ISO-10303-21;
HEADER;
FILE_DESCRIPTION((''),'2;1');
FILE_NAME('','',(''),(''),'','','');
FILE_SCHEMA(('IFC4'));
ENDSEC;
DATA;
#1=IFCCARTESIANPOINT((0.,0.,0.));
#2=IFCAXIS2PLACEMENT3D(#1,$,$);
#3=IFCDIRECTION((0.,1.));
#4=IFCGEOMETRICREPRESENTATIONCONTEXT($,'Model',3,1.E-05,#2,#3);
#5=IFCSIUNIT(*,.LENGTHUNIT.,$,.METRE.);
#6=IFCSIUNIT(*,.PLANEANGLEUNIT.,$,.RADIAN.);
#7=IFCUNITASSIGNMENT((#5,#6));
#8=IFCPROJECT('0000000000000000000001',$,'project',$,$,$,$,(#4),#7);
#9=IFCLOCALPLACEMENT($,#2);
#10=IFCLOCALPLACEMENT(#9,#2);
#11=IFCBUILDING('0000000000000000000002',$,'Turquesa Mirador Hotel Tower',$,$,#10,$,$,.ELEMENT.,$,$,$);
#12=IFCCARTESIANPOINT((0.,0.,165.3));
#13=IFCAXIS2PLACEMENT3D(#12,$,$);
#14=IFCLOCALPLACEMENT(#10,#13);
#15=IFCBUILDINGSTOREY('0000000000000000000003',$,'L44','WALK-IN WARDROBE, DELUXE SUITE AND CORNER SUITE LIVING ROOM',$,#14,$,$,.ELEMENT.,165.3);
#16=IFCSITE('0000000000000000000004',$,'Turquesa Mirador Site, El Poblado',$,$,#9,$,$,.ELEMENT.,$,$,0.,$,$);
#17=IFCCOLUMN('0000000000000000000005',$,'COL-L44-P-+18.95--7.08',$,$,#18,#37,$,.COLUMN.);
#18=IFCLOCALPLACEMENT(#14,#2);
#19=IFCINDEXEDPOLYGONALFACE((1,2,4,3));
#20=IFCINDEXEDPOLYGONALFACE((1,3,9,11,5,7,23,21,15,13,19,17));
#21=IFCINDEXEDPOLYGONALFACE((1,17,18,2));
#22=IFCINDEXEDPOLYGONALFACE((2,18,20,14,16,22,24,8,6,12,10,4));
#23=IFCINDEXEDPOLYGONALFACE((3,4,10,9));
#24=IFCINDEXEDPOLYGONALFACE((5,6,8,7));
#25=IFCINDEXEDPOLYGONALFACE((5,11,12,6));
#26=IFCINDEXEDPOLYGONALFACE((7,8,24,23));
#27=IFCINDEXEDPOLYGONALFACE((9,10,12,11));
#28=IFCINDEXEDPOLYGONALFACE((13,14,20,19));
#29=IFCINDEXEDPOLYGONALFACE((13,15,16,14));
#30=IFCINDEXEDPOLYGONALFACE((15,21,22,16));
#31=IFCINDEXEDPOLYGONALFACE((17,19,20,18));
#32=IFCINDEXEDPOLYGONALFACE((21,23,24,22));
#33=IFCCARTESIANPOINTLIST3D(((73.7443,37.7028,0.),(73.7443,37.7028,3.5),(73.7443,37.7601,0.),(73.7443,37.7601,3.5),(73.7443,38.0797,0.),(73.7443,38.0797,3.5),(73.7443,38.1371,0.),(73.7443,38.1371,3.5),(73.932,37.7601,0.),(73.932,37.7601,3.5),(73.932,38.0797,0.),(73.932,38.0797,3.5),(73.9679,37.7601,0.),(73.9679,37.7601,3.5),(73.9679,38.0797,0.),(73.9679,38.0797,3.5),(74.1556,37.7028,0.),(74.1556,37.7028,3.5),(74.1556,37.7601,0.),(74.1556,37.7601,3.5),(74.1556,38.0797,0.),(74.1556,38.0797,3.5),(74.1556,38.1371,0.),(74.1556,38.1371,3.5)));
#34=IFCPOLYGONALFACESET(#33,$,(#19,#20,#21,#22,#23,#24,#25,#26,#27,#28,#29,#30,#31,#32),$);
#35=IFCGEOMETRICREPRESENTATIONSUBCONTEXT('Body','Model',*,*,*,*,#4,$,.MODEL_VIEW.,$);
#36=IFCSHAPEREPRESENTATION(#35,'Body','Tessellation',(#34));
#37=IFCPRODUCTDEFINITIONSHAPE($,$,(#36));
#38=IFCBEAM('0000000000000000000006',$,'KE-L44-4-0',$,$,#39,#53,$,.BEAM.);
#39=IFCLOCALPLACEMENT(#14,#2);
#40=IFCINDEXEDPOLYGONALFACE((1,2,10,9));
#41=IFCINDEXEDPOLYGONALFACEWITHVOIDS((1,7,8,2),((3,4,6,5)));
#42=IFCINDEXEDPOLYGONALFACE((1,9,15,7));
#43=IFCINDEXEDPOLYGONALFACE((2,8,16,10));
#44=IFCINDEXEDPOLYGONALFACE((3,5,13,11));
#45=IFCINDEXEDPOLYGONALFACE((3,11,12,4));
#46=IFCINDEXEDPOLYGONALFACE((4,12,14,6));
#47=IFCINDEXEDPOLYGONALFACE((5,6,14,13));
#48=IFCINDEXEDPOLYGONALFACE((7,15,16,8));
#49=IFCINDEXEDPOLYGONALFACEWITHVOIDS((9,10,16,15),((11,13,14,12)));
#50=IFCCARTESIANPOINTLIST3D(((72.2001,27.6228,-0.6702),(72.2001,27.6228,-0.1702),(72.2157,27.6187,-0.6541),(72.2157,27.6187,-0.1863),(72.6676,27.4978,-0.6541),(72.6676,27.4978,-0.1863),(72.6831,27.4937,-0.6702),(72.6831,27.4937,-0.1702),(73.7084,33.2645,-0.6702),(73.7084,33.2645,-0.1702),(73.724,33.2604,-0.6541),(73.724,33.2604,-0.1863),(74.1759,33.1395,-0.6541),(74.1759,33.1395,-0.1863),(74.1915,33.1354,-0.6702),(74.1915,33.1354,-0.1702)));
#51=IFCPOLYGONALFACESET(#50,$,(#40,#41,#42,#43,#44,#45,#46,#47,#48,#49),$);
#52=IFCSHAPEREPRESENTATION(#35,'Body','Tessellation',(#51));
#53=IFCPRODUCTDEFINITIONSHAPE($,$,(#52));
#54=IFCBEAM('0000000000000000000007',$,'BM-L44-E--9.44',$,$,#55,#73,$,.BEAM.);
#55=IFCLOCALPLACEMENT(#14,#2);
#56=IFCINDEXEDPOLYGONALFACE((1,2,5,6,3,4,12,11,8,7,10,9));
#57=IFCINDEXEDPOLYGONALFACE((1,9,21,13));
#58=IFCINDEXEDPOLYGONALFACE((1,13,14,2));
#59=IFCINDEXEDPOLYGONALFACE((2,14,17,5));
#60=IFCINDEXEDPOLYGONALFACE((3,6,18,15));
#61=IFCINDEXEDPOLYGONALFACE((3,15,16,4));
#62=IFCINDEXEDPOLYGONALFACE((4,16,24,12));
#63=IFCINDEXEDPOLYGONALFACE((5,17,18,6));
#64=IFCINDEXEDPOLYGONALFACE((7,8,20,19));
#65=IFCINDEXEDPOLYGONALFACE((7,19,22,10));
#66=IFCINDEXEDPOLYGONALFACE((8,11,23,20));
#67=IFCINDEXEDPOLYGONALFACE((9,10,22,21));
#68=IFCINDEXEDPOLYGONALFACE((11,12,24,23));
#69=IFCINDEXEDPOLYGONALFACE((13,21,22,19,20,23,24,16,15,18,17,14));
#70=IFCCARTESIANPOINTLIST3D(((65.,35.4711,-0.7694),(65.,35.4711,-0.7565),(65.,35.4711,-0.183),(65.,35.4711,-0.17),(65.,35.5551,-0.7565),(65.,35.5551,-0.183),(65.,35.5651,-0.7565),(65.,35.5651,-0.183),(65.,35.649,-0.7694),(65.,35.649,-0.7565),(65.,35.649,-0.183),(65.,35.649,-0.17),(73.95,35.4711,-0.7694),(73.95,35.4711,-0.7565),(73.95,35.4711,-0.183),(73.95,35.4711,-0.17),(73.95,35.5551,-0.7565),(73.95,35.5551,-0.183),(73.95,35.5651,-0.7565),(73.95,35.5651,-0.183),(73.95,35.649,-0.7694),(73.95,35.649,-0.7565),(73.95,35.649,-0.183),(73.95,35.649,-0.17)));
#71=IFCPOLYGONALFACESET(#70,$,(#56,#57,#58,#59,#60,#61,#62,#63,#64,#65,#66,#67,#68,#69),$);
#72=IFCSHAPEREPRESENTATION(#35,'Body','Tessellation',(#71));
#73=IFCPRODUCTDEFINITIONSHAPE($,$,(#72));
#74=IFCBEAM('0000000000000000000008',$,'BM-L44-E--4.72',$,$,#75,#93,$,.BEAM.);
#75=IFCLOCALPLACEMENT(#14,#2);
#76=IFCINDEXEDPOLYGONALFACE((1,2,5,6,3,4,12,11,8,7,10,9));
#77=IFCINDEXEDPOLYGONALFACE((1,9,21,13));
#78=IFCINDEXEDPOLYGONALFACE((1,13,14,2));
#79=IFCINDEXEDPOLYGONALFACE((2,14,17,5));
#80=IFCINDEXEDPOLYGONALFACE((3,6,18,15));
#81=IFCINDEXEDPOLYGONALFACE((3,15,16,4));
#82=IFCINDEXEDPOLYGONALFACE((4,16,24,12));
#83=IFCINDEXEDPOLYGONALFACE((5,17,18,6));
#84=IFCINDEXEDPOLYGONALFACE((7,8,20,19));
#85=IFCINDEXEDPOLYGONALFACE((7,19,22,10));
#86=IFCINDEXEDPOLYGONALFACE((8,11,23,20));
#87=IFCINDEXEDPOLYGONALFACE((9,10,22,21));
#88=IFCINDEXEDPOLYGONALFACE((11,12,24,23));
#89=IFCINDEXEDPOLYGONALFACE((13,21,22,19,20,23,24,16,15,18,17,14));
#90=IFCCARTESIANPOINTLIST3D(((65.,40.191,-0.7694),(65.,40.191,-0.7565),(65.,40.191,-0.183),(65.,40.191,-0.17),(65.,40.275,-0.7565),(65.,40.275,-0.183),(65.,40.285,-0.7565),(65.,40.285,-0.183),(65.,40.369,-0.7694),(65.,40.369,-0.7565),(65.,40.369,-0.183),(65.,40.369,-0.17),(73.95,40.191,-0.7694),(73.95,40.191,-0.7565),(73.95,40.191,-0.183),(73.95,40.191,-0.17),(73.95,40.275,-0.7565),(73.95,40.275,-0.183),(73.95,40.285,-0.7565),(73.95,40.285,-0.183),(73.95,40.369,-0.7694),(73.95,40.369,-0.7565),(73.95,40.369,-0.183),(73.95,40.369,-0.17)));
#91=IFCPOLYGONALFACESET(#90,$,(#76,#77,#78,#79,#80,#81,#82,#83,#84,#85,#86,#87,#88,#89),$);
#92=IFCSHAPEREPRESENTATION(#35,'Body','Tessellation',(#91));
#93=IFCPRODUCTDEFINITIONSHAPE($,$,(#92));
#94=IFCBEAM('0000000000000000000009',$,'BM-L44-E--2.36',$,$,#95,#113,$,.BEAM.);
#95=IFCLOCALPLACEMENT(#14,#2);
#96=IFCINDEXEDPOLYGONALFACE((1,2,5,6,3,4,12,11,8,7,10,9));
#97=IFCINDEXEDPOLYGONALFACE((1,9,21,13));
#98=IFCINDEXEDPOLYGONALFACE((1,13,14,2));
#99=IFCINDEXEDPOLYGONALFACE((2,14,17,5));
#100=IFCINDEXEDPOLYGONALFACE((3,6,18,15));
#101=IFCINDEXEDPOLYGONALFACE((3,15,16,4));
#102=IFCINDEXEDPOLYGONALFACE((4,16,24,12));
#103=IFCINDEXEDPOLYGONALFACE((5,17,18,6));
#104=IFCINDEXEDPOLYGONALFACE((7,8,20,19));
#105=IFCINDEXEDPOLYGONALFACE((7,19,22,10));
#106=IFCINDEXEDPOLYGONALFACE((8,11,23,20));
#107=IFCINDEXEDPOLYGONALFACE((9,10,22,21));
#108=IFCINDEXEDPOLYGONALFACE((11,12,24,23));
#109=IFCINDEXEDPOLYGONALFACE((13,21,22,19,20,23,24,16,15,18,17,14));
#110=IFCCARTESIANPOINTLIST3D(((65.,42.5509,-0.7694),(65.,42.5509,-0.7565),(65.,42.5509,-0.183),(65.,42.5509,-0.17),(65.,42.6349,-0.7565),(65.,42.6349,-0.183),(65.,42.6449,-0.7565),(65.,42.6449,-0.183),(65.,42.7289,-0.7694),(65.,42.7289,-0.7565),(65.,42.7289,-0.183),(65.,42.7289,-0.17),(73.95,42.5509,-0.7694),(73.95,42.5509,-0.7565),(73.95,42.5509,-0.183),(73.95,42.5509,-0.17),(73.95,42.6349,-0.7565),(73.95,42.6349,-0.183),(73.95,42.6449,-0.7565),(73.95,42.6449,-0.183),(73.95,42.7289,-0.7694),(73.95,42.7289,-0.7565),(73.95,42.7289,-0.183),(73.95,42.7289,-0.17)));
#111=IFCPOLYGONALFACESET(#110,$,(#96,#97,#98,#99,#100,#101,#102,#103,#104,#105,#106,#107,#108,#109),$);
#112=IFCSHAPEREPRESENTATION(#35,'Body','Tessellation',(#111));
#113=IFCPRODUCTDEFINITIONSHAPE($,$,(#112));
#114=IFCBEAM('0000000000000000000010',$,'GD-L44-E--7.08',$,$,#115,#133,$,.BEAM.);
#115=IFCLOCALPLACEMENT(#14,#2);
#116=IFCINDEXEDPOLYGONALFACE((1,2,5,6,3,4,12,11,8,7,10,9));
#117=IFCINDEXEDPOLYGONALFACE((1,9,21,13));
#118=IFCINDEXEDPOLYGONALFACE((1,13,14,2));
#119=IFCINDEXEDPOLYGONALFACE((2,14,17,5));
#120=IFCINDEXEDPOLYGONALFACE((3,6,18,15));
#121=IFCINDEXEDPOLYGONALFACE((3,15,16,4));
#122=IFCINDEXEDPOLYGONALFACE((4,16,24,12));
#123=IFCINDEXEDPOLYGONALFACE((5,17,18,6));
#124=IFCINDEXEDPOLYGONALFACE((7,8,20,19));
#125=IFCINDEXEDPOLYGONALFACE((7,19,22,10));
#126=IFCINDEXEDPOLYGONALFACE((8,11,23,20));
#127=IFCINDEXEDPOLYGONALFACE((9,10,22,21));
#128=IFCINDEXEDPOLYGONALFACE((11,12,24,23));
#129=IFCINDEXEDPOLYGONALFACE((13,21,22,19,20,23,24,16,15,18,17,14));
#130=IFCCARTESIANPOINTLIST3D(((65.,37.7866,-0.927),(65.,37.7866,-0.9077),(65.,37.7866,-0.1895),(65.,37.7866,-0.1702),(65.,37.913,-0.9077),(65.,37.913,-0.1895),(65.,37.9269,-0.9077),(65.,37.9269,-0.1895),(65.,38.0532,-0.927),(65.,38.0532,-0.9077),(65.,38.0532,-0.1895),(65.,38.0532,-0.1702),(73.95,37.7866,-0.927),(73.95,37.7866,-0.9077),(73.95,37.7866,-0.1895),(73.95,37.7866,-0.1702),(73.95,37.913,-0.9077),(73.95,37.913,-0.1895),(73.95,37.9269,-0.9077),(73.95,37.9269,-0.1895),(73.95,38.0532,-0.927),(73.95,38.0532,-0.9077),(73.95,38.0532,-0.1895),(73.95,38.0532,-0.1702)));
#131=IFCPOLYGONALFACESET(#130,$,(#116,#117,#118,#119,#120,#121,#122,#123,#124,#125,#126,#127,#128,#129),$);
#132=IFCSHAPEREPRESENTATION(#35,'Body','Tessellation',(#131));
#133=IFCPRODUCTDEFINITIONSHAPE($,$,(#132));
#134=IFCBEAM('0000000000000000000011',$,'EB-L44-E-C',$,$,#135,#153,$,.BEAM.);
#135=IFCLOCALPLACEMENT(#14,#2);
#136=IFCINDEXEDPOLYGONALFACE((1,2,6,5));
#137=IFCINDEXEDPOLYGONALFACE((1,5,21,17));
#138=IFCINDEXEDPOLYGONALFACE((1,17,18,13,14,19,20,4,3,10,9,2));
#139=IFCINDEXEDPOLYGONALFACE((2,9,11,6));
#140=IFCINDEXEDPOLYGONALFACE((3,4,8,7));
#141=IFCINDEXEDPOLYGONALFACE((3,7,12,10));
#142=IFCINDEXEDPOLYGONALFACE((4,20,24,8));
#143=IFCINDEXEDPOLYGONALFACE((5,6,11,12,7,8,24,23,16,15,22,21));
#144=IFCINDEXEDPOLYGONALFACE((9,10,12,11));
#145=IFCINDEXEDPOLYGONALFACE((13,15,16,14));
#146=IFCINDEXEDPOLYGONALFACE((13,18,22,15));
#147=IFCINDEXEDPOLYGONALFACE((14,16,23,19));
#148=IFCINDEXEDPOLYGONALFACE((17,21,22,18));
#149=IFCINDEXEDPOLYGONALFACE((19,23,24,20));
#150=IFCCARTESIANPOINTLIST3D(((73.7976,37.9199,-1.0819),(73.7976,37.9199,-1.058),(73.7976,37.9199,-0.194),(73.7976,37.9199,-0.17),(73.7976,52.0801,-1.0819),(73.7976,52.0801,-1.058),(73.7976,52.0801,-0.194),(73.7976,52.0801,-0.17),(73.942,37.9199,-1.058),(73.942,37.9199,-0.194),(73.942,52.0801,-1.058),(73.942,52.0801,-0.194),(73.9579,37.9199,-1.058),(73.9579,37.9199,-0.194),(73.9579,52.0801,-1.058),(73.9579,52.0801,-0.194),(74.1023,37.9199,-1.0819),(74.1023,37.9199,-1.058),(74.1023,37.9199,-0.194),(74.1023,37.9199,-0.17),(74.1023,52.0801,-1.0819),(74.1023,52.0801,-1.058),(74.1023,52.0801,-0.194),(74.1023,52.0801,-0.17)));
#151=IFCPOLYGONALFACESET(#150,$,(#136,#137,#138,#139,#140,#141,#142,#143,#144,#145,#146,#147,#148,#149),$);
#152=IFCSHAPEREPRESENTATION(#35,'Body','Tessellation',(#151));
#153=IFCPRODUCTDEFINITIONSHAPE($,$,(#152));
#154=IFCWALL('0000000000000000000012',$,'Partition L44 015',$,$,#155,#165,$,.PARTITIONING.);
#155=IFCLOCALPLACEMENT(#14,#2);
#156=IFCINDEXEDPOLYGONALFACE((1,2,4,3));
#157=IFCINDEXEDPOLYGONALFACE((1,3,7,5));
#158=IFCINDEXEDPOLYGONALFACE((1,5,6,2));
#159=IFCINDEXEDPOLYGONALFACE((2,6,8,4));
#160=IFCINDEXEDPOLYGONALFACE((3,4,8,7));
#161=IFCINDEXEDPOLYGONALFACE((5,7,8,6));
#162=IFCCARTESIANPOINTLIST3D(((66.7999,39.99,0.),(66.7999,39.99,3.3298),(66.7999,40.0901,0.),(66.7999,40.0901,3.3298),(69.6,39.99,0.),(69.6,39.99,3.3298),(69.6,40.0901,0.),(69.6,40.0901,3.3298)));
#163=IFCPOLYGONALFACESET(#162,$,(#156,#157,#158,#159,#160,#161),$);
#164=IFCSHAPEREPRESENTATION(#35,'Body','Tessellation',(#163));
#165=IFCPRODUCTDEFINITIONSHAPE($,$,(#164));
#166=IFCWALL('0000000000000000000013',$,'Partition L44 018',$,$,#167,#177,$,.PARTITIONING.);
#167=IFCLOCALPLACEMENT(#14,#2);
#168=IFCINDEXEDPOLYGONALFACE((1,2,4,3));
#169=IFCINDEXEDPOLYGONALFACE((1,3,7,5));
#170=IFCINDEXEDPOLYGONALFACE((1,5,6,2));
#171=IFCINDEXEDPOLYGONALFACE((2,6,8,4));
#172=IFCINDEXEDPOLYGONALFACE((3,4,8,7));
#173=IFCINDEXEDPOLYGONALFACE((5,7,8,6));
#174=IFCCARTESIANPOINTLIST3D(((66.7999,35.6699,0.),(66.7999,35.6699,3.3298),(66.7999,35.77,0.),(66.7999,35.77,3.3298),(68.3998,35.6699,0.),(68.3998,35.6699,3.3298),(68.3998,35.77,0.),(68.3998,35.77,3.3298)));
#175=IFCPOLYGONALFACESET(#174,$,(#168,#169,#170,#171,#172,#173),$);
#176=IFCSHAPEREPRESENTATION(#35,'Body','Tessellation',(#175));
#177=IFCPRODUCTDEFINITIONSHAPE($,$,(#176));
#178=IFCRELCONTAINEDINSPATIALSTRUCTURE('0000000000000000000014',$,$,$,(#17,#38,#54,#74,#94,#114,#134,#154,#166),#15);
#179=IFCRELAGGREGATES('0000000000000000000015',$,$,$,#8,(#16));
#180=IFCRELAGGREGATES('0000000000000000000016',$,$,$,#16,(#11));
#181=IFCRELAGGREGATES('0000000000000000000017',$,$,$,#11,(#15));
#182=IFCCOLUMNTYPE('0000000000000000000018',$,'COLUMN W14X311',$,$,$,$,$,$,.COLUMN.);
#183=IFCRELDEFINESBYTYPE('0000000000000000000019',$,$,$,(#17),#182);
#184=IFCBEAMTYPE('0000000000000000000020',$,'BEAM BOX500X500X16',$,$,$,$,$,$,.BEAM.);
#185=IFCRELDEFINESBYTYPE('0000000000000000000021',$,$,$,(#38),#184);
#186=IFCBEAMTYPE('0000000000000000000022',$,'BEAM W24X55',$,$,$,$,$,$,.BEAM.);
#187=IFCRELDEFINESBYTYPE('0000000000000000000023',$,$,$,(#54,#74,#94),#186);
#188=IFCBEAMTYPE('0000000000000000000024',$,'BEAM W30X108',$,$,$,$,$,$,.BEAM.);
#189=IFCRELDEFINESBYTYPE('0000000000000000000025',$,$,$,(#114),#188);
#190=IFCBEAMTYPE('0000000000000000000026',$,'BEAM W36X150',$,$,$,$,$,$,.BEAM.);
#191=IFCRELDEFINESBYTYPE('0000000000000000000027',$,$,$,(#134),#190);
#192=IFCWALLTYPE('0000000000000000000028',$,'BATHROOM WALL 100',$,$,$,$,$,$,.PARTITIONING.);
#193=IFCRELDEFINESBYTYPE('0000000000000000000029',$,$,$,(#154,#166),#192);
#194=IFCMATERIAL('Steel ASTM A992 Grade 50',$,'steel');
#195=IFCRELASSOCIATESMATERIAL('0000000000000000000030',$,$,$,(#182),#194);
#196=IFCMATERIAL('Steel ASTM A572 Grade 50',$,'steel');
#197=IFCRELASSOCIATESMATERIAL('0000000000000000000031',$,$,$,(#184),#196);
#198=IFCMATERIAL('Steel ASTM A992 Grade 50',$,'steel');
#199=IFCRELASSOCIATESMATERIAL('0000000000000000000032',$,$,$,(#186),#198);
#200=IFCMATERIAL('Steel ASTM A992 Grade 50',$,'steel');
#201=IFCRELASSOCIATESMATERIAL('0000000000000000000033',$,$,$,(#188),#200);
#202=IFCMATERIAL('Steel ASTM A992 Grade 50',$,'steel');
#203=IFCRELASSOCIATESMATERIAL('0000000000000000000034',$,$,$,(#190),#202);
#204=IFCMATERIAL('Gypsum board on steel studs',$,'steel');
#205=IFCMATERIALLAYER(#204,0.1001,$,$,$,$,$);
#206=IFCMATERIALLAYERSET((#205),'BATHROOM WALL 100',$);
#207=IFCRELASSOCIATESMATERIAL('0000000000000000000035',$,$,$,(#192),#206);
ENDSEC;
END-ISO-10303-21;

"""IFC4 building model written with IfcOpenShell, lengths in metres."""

from ifc_helpers import new_model, si_unit, direction, frame, frame_2d, origin, origin_2d, place, context, subcontext, project, spatial, rectangle, hollow_rectangle, i_section, extrude, material, layer, layer_set, material_profile, profile_set, type_object, element, save


model = new_model("IFC4")

# Units and contexts
model_context = context("Model", 3, precision=1e-05, world=origin(), true_north=direction((0.0, 1.0)))
body_context = subcontext(model_context, "Body", "Model", "MODEL_VIEW")
ifc_project = project(units=[si_unit("LENGTHUNIT", "METRE"), si_unit("PLANEANGLEUNIT", "RADIAN")], contexts=[model_context])

# Site, building, storey
site_placement = place(None, origin())
site = spatial("IfcSite", under=ifc_project, at=site_placement, Name="Turquesa Mirador Site, El Poblado", CompositionType="ELEMENT", RefElevation=0.0)
building_placement = place(site_placement, origin())
building = spatial("IfcBuilding", under=site, at=building_placement, Name="Turquesa Mirador Hotel Tower", CompositionType="ELEMENT")
storey_placement = place(building_placement, frame((0.0, 0.0, 165.3)))
storey = spatial("IfcBuildingStorey", under=building, at=storey_placement, Name="L44", Description="WALK-IN WARDROBE, DELUXE SUITE AND CORNER SUITE LIVING ROOM", CompositionType="ELEMENT", Elevation=165.3)

# Column
ifc_material_1 = material(Name="Steel ASTM A992 Grade 50", Category="steel")
ifc_material_profile_1 = material_profile(ifc_material_1, i_section(OverallWidth=0.4114, OverallDepth=0.4343, WebThickness=0.0359, FlangeThickness=0.0574, at=origin_2d()), Name="W14X311")
ifc_profile_set_1 = profile_set([ifc_material_profile_1], Name="Steel ASTM A992 Grade 50")
column_type = type_object("IfcColumnType", Name="COLUMN W14X311", PredefinedType="COLUMN", material=ifc_profile_set_1)
column_placement = place(storey_placement, frame((73.95, 37.9199, 0.0), z_axis=(0.0, 0.0, 1.0), x_axis=(1.0, 0.0, 0.0)))
element("IfcColumn", 1, at=column_placement, inside=storey, type_object=column_type, Name="COL-L44-P-+18.95--7.08", PredefinedType="COLUMN", context=body_context, shape_type="SweptSolid", body=[
    extrude(i_section(OverallWidth=0.4114, OverallDepth=0.4343, WebThickness=0.0359, FlangeThickness=0.0574, at=origin_2d()), origin(), (0.0, 0.0, 1.0), 3.5),
])

# Beams
ifc_material_2 = material(Name="Steel ASTM A572 Grade 50", Category="steel")
ifc_material_profile_2 = material_profile(ifc_material_2, hollow_rectangle(XDim=0.5, YDim=0.5, WallThickness=0.0161, at=origin_2d()), Name="BOX500X500X16")
ifc_profile_set_2 = profile_set([ifc_material_profile_2], Name="Steel ASTM A572 Grade 50")
beam_type_1 = type_object("IfcBeamType", Name="BEAM BOX500X500X16", PredefinedType="BEAM", material=ifc_profile_set_2)
beam_1_placement = place(storey_placement, frame((73.95, 33.2, -0.4202), z_axis=(-0.258282, -0.96607, 0.0), x_axis=(0.96607, -0.258282, 0.0)))
element("IfcBeam", 2, at=beam_1_placement, inside=storey, type_object=beam_type_1, Name="KE-L44-4-0", PredefinedType="BEAM", context=body_context, shape_type="SweptSolid", body=[
    extrude(hollow_rectangle(XDim=0.5, YDim=0.5, WallThickness=0.0161, at=origin_2d()), origin(), (0.0, 0.0, 1.0), 5.8398),
])
ifc_material_3 = material(Name="Steel ASTM A992 Grade 50", Category="steel")
ifc_material_profile_3 = material_profile(ifc_material_3, i_section(OverallWidth=0.178, OverallDepth=0.5994, WebThickness=0.01, FlangeThickness=0.0129, at=origin_2d()), Name="W24X55")
ifc_profile_set_3 = profile_set([ifc_material_profile_3], Name="Steel ASTM A992 Grade 50")
beam_type_2 = type_object("IfcBeamType", Name="BEAM W24X55", PredefinedType="BEAM", material=ifc_profile_set_3)
for number, where, z_axis, x_axis, name in (
    (3, (73.95, 35.5601, -0.4697), (-1.0, 0.0, 0.0), (0.0, -1.0, 0.0), "BM-L44-E--9.44"),
    (4, (73.95, 40.28, -0.4697), (-1.0, 0.0, 0.0), (0.0, -1.0, 0.0), "BM-L44-E--4.72"),
    (5, (73.95, 42.6399, -0.4697), (-1.0, 0.0, 0.0), (0.0, -1.0, 0.0), "BM-L44-E--2.36"),
):
    element("IfcBeam", number, at=place(storey_placement, frame(where, z_axis=z_axis, x_axis=x_axis)), inside=storey, type_object=beam_type_2, Name=name, PredefinedType="BEAM", context=body_context, shape_type="SweptSolid", body=[
        extrude(i_section(OverallWidth=0.178, OverallDepth=0.5994, WebThickness=0.01, FlangeThickness=0.0129, at=origin_2d()), origin(), (0.0, 0.0, 1.0), 8.95),
    ])
ifc_material_4 = material(Name="Steel ASTM A992 Grade 50", Category="steel")
ifc_material_profile_4 = material_profile(ifc_material_4, i_section(OverallWidth=0.2666, OverallDepth=0.7568, WebThickness=0.0139, FlangeThickness=0.0193, at=origin_2d()), Name="W30X108")
ifc_profile_set_4 = profile_set([ifc_material_profile_4], Name="Steel ASTM A992 Grade 50")
beam_type_3 = type_object("IfcBeamType", Name="BEAM W30X108", PredefinedType="BEAM", material=ifc_profile_set_4)
beam_2_placement = place(storey_placement, frame((73.95, 37.9199, -0.5486), z_axis=(-1.0, 0.0, 0.0), x_axis=(0.0, -1.0, 0.0)))
element("IfcBeam", 6, at=beam_2_placement, inside=storey, type_object=beam_type_3, Name="GD-L44-E--7.08", PredefinedType="BEAM", context=body_context, shape_type="SweptSolid", body=[
    extrude(i_section(OverallWidth=0.2666, OverallDepth=0.7568, WebThickness=0.0139, FlangeThickness=0.0193, at=origin_2d()), origin(), (0.0, 0.0, 1.0), 8.95),
])
ifc_material_5 = material(Name="Steel ASTM A992 Grade 50", Category="steel")
ifc_material_profile_5 = material_profile(ifc_material_5, i_section(OverallWidth=0.3047, OverallDepth=0.9119, WebThickness=0.0159, FlangeThickness=0.0239, at=origin_2d()), Name="W36X150")
ifc_profile_set_5 = profile_set([ifc_material_profile_5], Name="Steel ASTM A992 Grade 50")
beam_type_4 = type_object("IfcBeamType", Name="BEAM W36X150", PredefinedType="BEAM", material=ifc_profile_set_5)
beam_3_placement = place(storey_placement, frame((73.95, 37.9199, -0.626), z_axis=(0.0, 1.0, 0.0), x_axis=(-1.0, 0.0, 0.0)))
element("IfcBeam", 7, at=beam_3_placement, inside=storey, type_object=beam_type_4, Name="EB-L44-E-C", PredefinedType="BEAM", context=body_context, shape_type="SweptSolid", body=[
    extrude(i_section(OverallWidth=0.3047, OverallDepth=0.9119, WebThickness=0.0159, FlangeThickness=0.0239, at=origin_2d()), origin(), (0.0, 0.0, 1.0), 14.1602),
])

# Walls
ifc_material_6 = material(Name="Gypsum board on steel studs", Category="steel")
ifc_layer_1 = layer(ifc_material_6, 0.1001)
ifc_layer_set_1 = layer_set([ifc_layer_1], Name="BATHROOM WALL 100")
wall_type_1 = type_object("IfcWallType", Name="BATHROOM WALL 100", PredefinedType="PARTITIONING", material=ifc_layer_set_1)
wall_1_placement = place(storey_placement, frame((66.8, 40.04, 0.0), z_axis=(0.0, 0.0, 1.0), x_axis=(1.0, 0.0, 0.0)))
element("IfcWall", 8, at=wall_1_placement, inside=storey, type_object=wall_type_1, Name="Partition L44 015", PredefinedType="PARTITIONING", context=body_context, shape_type="SweptSolid", body=[
    extrude(rectangle(XDim=2.8, YDim=0.1001, at=frame_2d((1.3999, 0.0))), origin(), (0.0, 0.0, 1.0), 3.3298),
])
wall_2_placement = place(storey_placement, frame((66.8, 35.72, 0.0), z_axis=(0.0, 0.0, 1.0), x_axis=(1.0, 0.0, 0.0)))
element("IfcWall", 9, at=wall_2_placement, inside=storey, type_object=wall_type_1, Name="Partition L44 018", PredefinedType="PARTITIONING", context=body_context, shape_type="SweptSolid", body=[
    extrude(rectangle(XDim=1.5999, YDim=0.1001, at=frame_2d((0.7998, 0.0))), origin(), (0.0, 0.0, 1.0), 3.3298),
])

save(model, "model.ifc")
